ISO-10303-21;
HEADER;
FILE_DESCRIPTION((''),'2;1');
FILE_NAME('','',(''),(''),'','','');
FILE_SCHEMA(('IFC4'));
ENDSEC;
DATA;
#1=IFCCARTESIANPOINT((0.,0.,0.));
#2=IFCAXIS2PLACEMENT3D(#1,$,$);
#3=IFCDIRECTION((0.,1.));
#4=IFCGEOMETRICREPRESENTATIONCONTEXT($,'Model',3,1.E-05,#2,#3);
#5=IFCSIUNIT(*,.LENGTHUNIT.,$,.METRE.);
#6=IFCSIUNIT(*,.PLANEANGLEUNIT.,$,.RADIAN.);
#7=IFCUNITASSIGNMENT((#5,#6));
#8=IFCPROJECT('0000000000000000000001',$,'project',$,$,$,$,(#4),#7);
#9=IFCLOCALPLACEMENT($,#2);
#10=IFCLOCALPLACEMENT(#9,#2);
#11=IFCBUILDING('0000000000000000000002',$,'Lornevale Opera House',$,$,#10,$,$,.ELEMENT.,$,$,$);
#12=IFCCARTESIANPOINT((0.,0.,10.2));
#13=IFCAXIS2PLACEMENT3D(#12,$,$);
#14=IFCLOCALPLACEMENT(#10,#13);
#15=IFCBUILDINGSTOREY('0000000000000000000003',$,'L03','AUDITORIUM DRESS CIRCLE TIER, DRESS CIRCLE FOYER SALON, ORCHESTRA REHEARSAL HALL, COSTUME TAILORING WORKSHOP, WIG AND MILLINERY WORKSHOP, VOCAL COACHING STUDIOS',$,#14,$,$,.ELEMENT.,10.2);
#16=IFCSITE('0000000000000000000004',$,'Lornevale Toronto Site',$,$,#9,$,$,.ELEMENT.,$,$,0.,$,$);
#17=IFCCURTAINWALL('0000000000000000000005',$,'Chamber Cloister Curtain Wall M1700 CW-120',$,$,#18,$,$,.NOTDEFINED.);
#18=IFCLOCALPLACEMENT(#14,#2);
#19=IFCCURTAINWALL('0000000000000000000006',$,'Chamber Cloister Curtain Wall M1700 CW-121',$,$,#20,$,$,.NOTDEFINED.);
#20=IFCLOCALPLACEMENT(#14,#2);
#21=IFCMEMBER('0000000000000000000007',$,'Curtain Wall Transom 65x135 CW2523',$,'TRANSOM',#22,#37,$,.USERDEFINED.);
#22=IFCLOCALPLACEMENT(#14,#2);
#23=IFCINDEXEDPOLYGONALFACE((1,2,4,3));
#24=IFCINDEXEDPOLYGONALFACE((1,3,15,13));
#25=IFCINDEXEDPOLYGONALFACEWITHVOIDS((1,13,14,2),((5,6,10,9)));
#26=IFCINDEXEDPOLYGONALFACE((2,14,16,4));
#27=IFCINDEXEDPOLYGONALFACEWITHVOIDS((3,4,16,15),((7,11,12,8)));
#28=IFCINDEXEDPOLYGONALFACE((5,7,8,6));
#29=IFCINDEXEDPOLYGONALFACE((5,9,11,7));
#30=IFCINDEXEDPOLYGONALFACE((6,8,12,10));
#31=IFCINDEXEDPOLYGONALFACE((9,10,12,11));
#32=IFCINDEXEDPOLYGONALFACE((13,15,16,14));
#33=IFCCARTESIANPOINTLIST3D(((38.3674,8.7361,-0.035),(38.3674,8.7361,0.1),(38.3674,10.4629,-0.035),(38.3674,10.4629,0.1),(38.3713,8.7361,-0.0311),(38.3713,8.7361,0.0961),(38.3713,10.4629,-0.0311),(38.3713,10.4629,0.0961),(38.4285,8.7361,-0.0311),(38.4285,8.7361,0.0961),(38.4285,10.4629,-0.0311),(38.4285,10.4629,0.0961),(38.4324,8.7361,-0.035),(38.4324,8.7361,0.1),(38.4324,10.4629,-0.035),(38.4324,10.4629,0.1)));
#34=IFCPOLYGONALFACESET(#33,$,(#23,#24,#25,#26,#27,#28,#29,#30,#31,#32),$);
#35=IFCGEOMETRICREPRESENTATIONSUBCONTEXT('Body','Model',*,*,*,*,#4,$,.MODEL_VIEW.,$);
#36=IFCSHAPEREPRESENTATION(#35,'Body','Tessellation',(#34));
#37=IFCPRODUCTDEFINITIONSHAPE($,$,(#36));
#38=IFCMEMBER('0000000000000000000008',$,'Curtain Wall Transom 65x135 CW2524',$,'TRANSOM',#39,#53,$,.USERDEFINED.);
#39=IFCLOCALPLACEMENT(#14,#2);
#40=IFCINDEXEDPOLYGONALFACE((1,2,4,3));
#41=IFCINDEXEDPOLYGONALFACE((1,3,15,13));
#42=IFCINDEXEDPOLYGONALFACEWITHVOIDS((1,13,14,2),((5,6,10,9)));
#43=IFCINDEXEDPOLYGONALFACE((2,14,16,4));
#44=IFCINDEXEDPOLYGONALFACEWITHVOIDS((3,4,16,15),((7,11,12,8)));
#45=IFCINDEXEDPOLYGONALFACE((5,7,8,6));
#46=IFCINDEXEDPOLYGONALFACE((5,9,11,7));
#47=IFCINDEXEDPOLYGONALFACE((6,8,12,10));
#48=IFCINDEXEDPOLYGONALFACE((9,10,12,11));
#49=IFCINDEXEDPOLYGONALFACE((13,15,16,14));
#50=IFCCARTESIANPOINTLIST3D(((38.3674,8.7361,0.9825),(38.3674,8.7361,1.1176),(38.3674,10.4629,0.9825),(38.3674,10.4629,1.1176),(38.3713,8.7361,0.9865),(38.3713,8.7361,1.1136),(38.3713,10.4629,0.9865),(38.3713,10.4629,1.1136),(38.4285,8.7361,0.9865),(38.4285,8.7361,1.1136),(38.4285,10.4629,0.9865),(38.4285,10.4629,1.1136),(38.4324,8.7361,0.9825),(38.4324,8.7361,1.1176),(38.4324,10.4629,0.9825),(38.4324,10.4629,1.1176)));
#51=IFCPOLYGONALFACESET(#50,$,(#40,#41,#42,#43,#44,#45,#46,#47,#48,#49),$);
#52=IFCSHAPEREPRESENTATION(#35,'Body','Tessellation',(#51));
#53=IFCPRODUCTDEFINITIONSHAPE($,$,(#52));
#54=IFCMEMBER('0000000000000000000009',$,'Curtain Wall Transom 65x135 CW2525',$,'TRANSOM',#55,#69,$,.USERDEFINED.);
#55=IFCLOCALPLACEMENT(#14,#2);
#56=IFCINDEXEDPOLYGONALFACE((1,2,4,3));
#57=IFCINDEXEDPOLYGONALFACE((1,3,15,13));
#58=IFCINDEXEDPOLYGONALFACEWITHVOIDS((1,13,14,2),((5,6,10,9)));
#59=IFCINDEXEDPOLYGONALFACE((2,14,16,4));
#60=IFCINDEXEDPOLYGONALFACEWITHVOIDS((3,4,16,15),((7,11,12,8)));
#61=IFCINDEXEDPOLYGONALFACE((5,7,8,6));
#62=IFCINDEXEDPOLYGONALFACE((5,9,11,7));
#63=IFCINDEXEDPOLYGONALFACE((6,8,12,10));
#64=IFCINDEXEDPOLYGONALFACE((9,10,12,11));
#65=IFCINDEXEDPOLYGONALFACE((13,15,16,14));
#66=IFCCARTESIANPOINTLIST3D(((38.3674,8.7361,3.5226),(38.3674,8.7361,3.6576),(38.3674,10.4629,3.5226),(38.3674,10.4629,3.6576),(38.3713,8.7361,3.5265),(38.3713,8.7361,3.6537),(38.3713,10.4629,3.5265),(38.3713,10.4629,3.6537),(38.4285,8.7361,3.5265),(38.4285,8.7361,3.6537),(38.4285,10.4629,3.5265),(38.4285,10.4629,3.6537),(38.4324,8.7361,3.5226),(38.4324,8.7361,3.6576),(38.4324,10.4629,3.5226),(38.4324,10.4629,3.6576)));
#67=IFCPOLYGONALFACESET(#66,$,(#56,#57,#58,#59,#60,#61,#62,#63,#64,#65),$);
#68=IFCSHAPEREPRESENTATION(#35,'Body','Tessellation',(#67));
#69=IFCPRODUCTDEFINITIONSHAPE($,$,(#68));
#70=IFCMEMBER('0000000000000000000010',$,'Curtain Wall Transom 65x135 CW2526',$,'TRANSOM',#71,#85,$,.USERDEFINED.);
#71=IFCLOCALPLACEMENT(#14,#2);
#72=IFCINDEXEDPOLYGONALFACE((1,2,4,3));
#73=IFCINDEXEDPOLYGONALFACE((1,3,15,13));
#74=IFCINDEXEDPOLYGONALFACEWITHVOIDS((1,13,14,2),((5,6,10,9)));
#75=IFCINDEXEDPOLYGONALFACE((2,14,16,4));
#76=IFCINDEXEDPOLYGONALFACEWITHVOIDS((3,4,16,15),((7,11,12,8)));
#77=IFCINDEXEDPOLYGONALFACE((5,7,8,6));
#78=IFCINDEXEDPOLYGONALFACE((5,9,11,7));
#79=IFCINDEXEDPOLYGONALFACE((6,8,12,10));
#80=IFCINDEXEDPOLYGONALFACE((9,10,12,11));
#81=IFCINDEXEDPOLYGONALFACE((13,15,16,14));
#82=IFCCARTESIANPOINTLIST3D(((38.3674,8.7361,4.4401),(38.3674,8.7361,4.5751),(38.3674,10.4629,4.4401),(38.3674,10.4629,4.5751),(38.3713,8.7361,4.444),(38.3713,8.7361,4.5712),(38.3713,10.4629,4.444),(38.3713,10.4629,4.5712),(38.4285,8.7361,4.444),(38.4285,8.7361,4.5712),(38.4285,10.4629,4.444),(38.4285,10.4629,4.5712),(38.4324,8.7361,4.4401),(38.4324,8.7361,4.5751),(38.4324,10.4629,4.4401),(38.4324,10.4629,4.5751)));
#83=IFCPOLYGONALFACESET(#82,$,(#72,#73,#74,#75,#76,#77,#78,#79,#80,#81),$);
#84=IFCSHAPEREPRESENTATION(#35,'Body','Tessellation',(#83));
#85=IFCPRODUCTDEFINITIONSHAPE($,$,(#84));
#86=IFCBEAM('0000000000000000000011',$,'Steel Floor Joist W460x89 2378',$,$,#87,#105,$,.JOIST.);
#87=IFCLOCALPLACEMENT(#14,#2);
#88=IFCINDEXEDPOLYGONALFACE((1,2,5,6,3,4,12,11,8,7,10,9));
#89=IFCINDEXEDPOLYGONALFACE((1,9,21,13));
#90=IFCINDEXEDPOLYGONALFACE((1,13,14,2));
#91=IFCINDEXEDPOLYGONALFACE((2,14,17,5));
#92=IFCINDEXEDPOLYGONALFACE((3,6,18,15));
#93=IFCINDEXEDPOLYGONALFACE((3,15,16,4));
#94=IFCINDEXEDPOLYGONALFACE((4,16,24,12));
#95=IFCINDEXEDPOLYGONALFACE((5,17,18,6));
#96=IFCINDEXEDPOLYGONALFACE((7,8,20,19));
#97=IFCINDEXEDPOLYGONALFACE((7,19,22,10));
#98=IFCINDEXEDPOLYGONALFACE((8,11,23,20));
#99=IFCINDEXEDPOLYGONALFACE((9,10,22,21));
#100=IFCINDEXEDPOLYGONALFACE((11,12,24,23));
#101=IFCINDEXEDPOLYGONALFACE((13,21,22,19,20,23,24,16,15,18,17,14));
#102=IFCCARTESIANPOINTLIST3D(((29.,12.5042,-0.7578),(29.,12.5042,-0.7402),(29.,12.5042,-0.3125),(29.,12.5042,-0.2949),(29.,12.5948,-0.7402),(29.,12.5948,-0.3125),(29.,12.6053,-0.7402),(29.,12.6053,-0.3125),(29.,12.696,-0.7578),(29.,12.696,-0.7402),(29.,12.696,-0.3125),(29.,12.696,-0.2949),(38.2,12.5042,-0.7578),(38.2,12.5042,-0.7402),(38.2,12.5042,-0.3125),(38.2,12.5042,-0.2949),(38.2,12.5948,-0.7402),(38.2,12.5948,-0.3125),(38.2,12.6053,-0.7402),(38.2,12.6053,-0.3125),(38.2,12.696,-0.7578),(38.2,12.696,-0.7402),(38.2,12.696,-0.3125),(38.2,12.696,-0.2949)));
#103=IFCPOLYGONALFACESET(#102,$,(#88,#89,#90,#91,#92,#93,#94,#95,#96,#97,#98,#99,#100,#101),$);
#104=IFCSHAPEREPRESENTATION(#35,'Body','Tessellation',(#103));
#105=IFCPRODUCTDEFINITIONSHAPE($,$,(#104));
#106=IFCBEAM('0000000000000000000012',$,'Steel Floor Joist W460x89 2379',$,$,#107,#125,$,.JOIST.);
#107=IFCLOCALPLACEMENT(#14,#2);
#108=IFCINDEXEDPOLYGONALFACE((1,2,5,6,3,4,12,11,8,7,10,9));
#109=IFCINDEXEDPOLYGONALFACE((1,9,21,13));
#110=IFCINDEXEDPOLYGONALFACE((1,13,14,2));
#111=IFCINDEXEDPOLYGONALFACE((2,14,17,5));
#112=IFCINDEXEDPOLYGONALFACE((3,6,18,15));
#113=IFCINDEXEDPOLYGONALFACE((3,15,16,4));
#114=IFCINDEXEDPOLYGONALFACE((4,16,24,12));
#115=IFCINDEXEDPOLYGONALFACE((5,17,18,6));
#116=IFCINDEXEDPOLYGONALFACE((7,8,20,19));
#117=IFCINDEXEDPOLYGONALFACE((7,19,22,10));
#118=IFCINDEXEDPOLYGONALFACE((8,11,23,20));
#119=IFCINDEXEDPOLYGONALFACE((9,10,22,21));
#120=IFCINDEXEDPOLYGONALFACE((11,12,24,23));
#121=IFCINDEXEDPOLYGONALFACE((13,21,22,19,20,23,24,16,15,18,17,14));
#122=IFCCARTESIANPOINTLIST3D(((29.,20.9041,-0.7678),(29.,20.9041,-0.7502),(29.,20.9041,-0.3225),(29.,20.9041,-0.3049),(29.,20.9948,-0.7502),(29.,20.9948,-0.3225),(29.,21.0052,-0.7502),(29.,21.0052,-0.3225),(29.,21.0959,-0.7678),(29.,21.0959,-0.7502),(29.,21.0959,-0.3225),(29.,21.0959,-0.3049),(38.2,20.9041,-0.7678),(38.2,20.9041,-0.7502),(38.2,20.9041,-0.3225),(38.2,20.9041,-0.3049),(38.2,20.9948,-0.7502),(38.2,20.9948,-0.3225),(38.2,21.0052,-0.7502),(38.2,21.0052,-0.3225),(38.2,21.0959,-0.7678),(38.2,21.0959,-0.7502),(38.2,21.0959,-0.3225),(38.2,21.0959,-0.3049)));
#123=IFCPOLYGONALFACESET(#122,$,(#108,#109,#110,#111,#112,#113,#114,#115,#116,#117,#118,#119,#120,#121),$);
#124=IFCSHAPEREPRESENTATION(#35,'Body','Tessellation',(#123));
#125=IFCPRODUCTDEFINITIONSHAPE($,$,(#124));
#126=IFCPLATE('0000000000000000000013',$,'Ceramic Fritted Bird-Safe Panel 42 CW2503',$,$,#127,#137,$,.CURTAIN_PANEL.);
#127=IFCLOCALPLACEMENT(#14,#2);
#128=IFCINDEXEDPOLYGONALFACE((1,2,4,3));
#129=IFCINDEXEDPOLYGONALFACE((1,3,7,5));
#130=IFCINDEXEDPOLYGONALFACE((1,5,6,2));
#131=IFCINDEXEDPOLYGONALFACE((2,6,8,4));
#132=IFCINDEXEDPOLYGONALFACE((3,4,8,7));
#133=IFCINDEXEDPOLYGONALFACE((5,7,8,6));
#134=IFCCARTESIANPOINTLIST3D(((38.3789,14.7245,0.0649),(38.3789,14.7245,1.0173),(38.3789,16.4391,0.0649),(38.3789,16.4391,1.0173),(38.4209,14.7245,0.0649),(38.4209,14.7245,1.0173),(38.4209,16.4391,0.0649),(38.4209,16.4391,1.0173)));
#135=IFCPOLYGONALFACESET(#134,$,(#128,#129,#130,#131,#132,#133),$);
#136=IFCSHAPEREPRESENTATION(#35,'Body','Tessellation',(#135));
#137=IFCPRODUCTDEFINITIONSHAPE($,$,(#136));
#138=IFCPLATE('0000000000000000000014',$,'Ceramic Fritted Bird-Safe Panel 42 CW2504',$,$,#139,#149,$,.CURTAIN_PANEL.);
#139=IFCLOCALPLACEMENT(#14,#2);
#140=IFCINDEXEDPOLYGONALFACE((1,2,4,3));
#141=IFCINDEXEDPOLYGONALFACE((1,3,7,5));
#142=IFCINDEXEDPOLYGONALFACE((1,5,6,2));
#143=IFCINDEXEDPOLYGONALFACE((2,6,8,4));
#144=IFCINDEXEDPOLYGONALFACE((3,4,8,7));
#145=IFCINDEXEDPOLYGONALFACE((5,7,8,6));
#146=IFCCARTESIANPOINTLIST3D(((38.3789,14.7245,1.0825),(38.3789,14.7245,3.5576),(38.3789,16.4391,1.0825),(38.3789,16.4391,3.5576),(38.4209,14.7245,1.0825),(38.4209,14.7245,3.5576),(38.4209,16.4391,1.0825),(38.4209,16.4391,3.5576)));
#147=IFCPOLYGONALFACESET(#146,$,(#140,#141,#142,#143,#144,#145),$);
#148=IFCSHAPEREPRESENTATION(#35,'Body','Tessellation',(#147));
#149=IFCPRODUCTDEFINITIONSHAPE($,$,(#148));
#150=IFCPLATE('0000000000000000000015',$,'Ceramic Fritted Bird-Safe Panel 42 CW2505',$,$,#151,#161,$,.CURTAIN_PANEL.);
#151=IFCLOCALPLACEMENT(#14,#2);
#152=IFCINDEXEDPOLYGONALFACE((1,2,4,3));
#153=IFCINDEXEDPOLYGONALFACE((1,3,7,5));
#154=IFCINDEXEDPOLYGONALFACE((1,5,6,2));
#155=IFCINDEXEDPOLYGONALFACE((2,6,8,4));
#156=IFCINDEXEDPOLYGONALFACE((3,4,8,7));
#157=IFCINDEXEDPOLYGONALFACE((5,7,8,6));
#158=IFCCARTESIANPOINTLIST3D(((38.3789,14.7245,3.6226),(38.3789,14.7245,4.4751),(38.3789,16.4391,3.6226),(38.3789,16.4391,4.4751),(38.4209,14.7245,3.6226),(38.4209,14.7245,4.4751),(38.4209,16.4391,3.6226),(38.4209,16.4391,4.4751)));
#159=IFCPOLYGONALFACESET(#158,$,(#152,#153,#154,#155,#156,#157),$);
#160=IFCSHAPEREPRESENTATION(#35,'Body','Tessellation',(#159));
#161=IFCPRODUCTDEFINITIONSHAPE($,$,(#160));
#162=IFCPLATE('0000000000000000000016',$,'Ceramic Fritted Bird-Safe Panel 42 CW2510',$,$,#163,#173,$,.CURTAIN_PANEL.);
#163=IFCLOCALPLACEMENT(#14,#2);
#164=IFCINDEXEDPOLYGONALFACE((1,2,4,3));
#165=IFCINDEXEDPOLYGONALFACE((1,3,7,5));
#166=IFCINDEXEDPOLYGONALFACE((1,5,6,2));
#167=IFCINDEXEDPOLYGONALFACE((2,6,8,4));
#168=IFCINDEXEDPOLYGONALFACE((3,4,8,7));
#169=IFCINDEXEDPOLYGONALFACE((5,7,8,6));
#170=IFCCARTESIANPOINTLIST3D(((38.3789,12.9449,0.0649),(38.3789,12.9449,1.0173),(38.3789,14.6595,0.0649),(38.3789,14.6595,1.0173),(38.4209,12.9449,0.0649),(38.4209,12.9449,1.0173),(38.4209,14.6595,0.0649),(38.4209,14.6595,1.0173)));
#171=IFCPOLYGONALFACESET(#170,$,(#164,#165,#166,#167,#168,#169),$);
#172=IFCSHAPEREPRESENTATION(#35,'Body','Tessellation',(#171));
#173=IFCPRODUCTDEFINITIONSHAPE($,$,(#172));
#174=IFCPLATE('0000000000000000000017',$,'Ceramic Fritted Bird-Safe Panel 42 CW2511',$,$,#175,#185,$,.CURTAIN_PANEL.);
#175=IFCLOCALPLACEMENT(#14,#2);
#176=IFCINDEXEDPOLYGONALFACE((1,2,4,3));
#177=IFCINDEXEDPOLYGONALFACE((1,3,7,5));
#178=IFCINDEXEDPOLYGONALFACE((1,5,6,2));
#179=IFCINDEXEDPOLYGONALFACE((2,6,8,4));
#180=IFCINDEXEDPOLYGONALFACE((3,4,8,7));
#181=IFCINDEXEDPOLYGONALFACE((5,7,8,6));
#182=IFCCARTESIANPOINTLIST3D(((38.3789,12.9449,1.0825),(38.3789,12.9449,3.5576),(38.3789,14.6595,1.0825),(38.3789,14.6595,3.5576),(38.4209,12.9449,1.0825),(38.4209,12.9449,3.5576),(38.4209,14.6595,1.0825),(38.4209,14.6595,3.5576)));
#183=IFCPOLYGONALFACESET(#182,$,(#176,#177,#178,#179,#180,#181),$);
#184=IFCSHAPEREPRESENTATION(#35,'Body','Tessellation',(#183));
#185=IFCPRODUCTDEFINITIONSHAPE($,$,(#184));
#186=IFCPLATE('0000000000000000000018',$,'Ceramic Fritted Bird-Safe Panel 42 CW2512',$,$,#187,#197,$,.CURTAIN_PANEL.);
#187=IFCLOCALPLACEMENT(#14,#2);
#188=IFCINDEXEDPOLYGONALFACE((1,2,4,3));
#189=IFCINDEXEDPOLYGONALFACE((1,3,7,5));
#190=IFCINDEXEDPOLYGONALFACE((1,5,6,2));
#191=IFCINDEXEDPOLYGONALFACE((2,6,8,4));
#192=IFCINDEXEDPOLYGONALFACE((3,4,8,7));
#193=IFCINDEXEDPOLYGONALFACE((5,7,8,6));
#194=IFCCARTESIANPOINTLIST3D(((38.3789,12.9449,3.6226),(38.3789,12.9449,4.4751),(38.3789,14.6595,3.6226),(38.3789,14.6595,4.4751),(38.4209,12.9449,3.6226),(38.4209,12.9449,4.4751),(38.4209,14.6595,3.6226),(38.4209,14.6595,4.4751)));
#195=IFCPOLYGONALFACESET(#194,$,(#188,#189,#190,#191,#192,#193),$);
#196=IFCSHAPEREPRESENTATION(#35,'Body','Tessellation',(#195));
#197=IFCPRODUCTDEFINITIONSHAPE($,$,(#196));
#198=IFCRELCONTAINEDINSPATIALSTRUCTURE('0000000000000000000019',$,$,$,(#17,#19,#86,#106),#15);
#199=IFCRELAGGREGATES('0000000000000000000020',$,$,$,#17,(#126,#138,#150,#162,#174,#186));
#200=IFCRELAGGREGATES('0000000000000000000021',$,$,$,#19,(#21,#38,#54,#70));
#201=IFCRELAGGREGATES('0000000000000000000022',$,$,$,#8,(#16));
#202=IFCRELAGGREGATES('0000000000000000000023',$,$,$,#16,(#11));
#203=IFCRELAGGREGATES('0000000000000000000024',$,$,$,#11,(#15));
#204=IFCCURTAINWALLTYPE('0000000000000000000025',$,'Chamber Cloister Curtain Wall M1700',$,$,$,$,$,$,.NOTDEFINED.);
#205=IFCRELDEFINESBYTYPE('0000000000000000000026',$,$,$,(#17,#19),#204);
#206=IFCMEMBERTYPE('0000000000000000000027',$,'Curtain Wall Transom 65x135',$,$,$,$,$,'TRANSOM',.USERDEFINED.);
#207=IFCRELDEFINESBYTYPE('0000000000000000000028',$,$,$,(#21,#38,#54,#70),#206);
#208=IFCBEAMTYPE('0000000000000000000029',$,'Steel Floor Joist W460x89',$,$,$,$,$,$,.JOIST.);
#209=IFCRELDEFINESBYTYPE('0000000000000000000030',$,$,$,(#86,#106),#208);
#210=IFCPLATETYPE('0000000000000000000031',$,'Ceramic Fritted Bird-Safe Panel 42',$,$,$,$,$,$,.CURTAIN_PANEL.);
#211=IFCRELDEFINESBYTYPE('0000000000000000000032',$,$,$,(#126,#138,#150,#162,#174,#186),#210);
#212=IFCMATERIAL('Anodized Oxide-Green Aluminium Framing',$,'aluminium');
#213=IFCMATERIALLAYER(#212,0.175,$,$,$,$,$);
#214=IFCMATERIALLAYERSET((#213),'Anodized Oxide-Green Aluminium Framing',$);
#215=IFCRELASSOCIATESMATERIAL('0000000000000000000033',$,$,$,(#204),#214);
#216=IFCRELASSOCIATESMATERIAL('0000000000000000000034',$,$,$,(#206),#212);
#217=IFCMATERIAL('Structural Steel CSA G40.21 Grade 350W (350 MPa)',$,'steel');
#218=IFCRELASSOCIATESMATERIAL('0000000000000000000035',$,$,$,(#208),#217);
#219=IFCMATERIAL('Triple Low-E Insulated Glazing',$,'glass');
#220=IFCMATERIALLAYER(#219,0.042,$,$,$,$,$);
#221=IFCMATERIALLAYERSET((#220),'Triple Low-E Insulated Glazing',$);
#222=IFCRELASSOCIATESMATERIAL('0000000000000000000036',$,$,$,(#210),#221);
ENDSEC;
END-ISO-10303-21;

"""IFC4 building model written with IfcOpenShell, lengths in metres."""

from ifc_helpers import new_model, si_unit, direction, frame, origin, origin_2d, place, context, subcontext, project, spatial, rectangle, hollow_rectangle, i_section, extrude, material, layer, layer_set, material_profile, profile_set, type_object, element, aggregate, save


model = new_model("IFC4")

# Units and contexts
model_context = context("Model", 3, precision=1e-05, world=origin(), true_north=direction((0.0, 1.0)))
body_context = subcontext(model_context, "Body", "Model", "MODEL_VIEW")
ifc_project = project(units=[si_unit("LENGTHUNIT", "METRE"), si_unit("PLANEANGLEUNIT", "RADIAN")], contexts=[model_context])

# Site, building, storey
site_placement = place(None, origin())
site = spatial("IfcSite", under=ifc_project, at=site_placement, Name="Lornevale Toronto Site", CompositionType="ELEMENT", RefElevation=0.0)
building_placement = place(site_placement, origin())
building = spatial("IfcBuilding", under=site, at=building_placement, Name="Lornevale Opera House", CompositionType="ELEMENT")
storey_placement = place(building_placement, frame((0.0, 0.0, 10.2)))
storey = spatial("IfcBuildingStorey", under=building, at=storey_placement, Name="L03", Description="AUDITORIUM DRESS CIRCLE TIER, DRESS CIRCLE FOYER SALON, ORCHESTRA REHEARSAL HALL, COSTUME TAILORING WORKSHOP, WIG AND MILLINERY WORKSHOP, VOCAL COACHING STUDIOS", CompositionType="ELEMENT", Elevation=10.2)

# Shared definitions
ifc_material_1 = material(Name="Structural Steel CSA G40.21 Grade 350W (350 MPa)", Category="steel")

# Curtain walls
ifc_material_2 = material(Name="Anodized Oxide-Green Aluminium Framing", Category="aluminium")
ifc_layer_1 = layer(ifc_material_2, 0.175)
ifc_layer_set_1 = layer_set([ifc_layer_1], Name="Anodized Oxide-Green Aluminium Framing")
curtain_wall_type = type_object("IfcCurtainWallType", Name="Chamber Cloister Curtain Wall M1700", PredefinedType="NOTDEFINED", material=ifc_layer_set_1)
curtain_wall_1_placement = place(storey_placement, origin())
curtain_wall_1 = element("IfcCurtainWall", 1, at=curtain_wall_1_placement, inside=storey, type_object=curtain_wall_type, Name="Chamber Cloister Curtain Wall M1700 CW-120", PredefinedType="NOTDEFINED")
curtain_wall_2_placement = place(storey_placement, origin())
curtain_wall_2 = element("IfcCurtainWall", 2, at=curtain_wall_2_placement, inside=storey, type_object=curtain_wall_type, Name="Chamber Cloister Curtain Wall M1700 CW-121", PredefinedType="NOTDEFINED")

# Members
ifc_material_profile_1 = material_profile(ifc_material_2, hollow_rectangle(XDim=0.0649, YDim=0.135, WallThickness=0.0039, at=origin_2d()), Name="ALU65x135x4")
ifc_profile_set_1 = profile_set([ifc_material_profile_1], Name="Anodized Oxide-Green Aluminium Framing")
member_type_1 = type_object("IfcMemberType", Name="Curtain Wall Transom 65x135", ElementType="TRANSOM", PredefinedType="USERDEFINED", material=ifc_profile_set_1)
member_1_placement = place(storey_placement, frame((38.3999, 10.4629, 0.0325), z_axis=(0.0, -1.0, 0.0), x_axis=(1.0, 0.0, 0.0)))
member_1 = element("IfcMember", 3, at=member_1_placement, type_object=member_type_1, Name="Curtain Wall Transom 65x135 CW2523", ObjectType="TRANSOM", PredefinedType="USERDEFINED", context=body_context, shape_type="SweptSolid", body=[
    extrude(hollow_rectangle(XDim=0.0649, YDim=0.135, WallThickness=0.0039, at=origin_2d()), origin(), (0.0, 0.0, 1.0), 1.7268),
])
member_2_placement = place(storey_placement, frame((38.3999, 10.4629, 1.05), z_axis=(0.0, -1.0, 0.0), x_axis=(1.0, 0.0, 0.0)))
member_2 = element("IfcMember", 4, at=member_2_placement, type_object=member_type_1, Name="Curtain Wall Transom 65x135 CW2524", ObjectType="TRANSOM", PredefinedType="USERDEFINED", context=body_context, shape_type="SweptSolid", body=[
    extrude(hollow_rectangle(XDim=0.0649, YDim=0.135, WallThickness=0.0039, at=origin_2d()), origin(), (0.0, 0.0, 1.0), 1.7268),
])
member_3_placement = place(storey_placement, frame((38.3999, 10.4629, 3.5901), z_axis=(0.0, -1.0, 0.0), x_axis=(1.0, 0.0, 0.0)))
member_3 = element("IfcMember", 5, at=member_3_placement, type_object=member_type_1, Name="Curtain Wall Transom 65x135 CW2525", ObjectType="TRANSOM", PredefinedType="USERDEFINED", context=body_context, shape_type="SweptSolid", body=[
    extrude(hollow_rectangle(XDim=0.0649, YDim=0.135, WallThickness=0.0039, at=origin_2d()), origin(), (0.0, 0.0, 1.0), 1.7268),
])
member_4_placement = place(storey_placement, frame((38.3999, 10.4629, 4.5076), z_axis=(0.0, -1.0, 0.0), x_axis=(1.0, 0.0, 0.0)))
member_4 = element("IfcMember", 6, at=member_4_placement, type_object=member_type_1, Name="Curtain Wall Transom 65x135 CW2526", ObjectType="TRANSOM", PredefinedType="USERDEFINED", context=body_context, shape_type="SweptSolid", body=[
    extrude(hollow_rectangle(XDim=0.0649, YDim=0.135, WallThickness=0.0039, at=origin_2d()), origin(), (0.0, 0.0, 1.0), 1.7268),
])

# Beams
ifc_material_profile_2 = material_profile(ifc_material_1, i_section(OverallWidth=0.1919, OverallDepth=0.4629, WebThickness=0.0105, FlangeThickness=0.0176, at=origin_2d()), Name="W460x89")
ifc_profile_set_2 = profile_set([ifc_material_profile_2], Name="Structural Steel CSA G40.21 Grade 350W (350 MPa)")
beam_type_1 = type_object("IfcBeamType", Name="Steel Floor Joist W460x89", PredefinedType="JOIST", material=ifc_profile_set_2)
for number, where, z_axis, x_axis, name in (
    (7, (29.0, 12.6001, -0.5264), (1.0, 0.0, 0.0), (0.0, 1.0, 0.0), "Steel Floor Joist W460x89 2378"),
    (8, (29.0, 21.0, -0.5364), (1.0, 0.0, 0.0), (0.0, 1.0, 0.0), "Steel Floor Joist W460x89 2379"),
):
    element("IfcBeam", number, at=place(storey_placement, frame(where, z_axis=z_axis, x_axis=x_axis)), inside=storey, type_object=beam_type_1, Name=name, PredefinedType="JOIST", context=body_context, shape_type="SweptSolid", body=[
        extrude(i_section(OverallWidth=0.1919, OverallDepth=0.4629, WebThickness=0.0105, FlangeThickness=0.0176, at=origin_2d()), origin(), (0.0, 0.0, 1.0), 9.2),
    ])

# Plates
ifc_material_3 = material(Name="Triple Low-E Insulated Glazing", Category="glass")
ifc_layer_2 = layer(ifc_material_3, 0.042)
ifc_layer_set_2 = layer_set([ifc_layer_2], Name="Triple Low-E Insulated Glazing")
plate_type = type_object("IfcPlateType", Name="Ceramic Fritted Bird-Safe Panel 42", PredefinedType="CURTAIN_PANEL", material=ifc_layer_set_2)
plate_1_placement = place(storey_placement, frame((38.3999, 15.5818, 0.0649), z_axis=(0.0, 0.0, 1.0), x_axis=(0.0, -1.0, 0.0)))
plate_1 = element("IfcPlate", 9, at=plate_1_placement, type_object=plate_type, Name="Ceramic Fritted Bird-Safe Panel 42 CW2503", PredefinedType="CURTAIN_PANEL", context=body_context, shape_type="SweptSolid", body=[
    extrude(rectangle(XDim=1.7146, YDim=0.042, at=origin_2d()), origin(), (0.0, 0.0, 1.0), 0.9524),
])
plate_2_placement = place(storey_placement, frame((38.3999, 15.5818, 1.0825), z_axis=(0.0, 0.0, 1.0), x_axis=(0.0, -1.0, 0.0)))
plate_2 = element("IfcPlate", 10, at=plate_2_placement, type_object=plate_type, Name="Ceramic Fritted Bird-Safe Panel 42 CW2504", PredefinedType="CURTAIN_PANEL", context=body_context, shape_type="SweptSolid", body=[
    extrude(rectangle(XDim=1.7146, YDim=0.042, at=origin_2d()), origin(), (0.0, 0.0, 1.0), 2.4751),
])
plate_3_placement = place(storey_placement, frame((38.3999, 15.5818, 3.6226), z_axis=(0.0, 0.0, 1.0), x_axis=(0.0, -1.0, 0.0)))
plate_3 = element("IfcPlate", 11, at=plate_3_placement, type_object=plate_type, Name="Ceramic Fritted Bird-Safe Panel 42 CW2505", PredefinedType="CURTAIN_PANEL", context=body_context, shape_type="SweptSolid", body=[
    extrude(rectangle(XDim=1.7146, YDim=0.042, at=origin_2d()), origin(), (0.0, 0.0, 1.0), 0.8525),
])
plate_4_placement = place(storey_placement, frame((38.3999, 13.8022, 0.0649), z_axis=(0.0, 0.0, 1.0), x_axis=(0.0, -1.0, 0.0)))
plate_4 = element("IfcPlate", 12, at=plate_4_placement, type_object=plate_type, Name="Ceramic Fritted Bird-Safe Panel 42 CW2510", PredefinedType="CURTAIN_PANEL", context=body_context, shape_type="SweptSolid", body=[
    extrude(rectangle(XDim=1.7146, YDim=0.042, at=origin_2d()), origin(), (0.0, 0.0, 1.0), 0.9524),
])
plate_5_placement = place(storey_placement, frame((38.3999, 13.8022, 1.0825), z_axis=(0.0, 0.0, 1.0), x_axis=(0.0, -1.0, 0.0)))
plate_5 = element("IfcPlate", 13, at=plate_5_placement, type_object=plate_type, Name="Ceramic Fritted Bird-Safe Panel 42 CW2511", PredefinedType="CURTAIN_PANEL", context=body_context, shape_type="SweptSolid", body=[
    extrude(rectangle(XDim=1.7146, YDim=0.042, at=origin_2d()), origin(), (0.0, 0.0, 1.0), 2.4751),
])
plate_6_placement = place(storey_placement, frame((38.3999, 13.8022, 3.6226), z_axis=(0.0, 0.0, 1.0), x_axis=(0.0, -1.0, 0.0)))
plate_6 = element("IfcPlate", 14, at=plate_6_placement, type_object=plate_type, Name="Ceramic Fritted Bird-Safe Panel 42 CW2512", PredefinedType="CURTAIN_PANEL", context=body_context, shape_type="SweptSolid", body=[
    extrude(rectangle(XDim=1.7146, YDim=0.042, at=origin_2d()), origin(), (0.0, 0.0, 1.0), 0.8525),
])
aggregate(curtain_wall_1, [plate_1, plate_2, plate_3, plate_4, plate_5, plate_6])
aggregate(curtain_wall_2, [member_1, member_2, member_3, member_4])

save(model, "model.ifc")
